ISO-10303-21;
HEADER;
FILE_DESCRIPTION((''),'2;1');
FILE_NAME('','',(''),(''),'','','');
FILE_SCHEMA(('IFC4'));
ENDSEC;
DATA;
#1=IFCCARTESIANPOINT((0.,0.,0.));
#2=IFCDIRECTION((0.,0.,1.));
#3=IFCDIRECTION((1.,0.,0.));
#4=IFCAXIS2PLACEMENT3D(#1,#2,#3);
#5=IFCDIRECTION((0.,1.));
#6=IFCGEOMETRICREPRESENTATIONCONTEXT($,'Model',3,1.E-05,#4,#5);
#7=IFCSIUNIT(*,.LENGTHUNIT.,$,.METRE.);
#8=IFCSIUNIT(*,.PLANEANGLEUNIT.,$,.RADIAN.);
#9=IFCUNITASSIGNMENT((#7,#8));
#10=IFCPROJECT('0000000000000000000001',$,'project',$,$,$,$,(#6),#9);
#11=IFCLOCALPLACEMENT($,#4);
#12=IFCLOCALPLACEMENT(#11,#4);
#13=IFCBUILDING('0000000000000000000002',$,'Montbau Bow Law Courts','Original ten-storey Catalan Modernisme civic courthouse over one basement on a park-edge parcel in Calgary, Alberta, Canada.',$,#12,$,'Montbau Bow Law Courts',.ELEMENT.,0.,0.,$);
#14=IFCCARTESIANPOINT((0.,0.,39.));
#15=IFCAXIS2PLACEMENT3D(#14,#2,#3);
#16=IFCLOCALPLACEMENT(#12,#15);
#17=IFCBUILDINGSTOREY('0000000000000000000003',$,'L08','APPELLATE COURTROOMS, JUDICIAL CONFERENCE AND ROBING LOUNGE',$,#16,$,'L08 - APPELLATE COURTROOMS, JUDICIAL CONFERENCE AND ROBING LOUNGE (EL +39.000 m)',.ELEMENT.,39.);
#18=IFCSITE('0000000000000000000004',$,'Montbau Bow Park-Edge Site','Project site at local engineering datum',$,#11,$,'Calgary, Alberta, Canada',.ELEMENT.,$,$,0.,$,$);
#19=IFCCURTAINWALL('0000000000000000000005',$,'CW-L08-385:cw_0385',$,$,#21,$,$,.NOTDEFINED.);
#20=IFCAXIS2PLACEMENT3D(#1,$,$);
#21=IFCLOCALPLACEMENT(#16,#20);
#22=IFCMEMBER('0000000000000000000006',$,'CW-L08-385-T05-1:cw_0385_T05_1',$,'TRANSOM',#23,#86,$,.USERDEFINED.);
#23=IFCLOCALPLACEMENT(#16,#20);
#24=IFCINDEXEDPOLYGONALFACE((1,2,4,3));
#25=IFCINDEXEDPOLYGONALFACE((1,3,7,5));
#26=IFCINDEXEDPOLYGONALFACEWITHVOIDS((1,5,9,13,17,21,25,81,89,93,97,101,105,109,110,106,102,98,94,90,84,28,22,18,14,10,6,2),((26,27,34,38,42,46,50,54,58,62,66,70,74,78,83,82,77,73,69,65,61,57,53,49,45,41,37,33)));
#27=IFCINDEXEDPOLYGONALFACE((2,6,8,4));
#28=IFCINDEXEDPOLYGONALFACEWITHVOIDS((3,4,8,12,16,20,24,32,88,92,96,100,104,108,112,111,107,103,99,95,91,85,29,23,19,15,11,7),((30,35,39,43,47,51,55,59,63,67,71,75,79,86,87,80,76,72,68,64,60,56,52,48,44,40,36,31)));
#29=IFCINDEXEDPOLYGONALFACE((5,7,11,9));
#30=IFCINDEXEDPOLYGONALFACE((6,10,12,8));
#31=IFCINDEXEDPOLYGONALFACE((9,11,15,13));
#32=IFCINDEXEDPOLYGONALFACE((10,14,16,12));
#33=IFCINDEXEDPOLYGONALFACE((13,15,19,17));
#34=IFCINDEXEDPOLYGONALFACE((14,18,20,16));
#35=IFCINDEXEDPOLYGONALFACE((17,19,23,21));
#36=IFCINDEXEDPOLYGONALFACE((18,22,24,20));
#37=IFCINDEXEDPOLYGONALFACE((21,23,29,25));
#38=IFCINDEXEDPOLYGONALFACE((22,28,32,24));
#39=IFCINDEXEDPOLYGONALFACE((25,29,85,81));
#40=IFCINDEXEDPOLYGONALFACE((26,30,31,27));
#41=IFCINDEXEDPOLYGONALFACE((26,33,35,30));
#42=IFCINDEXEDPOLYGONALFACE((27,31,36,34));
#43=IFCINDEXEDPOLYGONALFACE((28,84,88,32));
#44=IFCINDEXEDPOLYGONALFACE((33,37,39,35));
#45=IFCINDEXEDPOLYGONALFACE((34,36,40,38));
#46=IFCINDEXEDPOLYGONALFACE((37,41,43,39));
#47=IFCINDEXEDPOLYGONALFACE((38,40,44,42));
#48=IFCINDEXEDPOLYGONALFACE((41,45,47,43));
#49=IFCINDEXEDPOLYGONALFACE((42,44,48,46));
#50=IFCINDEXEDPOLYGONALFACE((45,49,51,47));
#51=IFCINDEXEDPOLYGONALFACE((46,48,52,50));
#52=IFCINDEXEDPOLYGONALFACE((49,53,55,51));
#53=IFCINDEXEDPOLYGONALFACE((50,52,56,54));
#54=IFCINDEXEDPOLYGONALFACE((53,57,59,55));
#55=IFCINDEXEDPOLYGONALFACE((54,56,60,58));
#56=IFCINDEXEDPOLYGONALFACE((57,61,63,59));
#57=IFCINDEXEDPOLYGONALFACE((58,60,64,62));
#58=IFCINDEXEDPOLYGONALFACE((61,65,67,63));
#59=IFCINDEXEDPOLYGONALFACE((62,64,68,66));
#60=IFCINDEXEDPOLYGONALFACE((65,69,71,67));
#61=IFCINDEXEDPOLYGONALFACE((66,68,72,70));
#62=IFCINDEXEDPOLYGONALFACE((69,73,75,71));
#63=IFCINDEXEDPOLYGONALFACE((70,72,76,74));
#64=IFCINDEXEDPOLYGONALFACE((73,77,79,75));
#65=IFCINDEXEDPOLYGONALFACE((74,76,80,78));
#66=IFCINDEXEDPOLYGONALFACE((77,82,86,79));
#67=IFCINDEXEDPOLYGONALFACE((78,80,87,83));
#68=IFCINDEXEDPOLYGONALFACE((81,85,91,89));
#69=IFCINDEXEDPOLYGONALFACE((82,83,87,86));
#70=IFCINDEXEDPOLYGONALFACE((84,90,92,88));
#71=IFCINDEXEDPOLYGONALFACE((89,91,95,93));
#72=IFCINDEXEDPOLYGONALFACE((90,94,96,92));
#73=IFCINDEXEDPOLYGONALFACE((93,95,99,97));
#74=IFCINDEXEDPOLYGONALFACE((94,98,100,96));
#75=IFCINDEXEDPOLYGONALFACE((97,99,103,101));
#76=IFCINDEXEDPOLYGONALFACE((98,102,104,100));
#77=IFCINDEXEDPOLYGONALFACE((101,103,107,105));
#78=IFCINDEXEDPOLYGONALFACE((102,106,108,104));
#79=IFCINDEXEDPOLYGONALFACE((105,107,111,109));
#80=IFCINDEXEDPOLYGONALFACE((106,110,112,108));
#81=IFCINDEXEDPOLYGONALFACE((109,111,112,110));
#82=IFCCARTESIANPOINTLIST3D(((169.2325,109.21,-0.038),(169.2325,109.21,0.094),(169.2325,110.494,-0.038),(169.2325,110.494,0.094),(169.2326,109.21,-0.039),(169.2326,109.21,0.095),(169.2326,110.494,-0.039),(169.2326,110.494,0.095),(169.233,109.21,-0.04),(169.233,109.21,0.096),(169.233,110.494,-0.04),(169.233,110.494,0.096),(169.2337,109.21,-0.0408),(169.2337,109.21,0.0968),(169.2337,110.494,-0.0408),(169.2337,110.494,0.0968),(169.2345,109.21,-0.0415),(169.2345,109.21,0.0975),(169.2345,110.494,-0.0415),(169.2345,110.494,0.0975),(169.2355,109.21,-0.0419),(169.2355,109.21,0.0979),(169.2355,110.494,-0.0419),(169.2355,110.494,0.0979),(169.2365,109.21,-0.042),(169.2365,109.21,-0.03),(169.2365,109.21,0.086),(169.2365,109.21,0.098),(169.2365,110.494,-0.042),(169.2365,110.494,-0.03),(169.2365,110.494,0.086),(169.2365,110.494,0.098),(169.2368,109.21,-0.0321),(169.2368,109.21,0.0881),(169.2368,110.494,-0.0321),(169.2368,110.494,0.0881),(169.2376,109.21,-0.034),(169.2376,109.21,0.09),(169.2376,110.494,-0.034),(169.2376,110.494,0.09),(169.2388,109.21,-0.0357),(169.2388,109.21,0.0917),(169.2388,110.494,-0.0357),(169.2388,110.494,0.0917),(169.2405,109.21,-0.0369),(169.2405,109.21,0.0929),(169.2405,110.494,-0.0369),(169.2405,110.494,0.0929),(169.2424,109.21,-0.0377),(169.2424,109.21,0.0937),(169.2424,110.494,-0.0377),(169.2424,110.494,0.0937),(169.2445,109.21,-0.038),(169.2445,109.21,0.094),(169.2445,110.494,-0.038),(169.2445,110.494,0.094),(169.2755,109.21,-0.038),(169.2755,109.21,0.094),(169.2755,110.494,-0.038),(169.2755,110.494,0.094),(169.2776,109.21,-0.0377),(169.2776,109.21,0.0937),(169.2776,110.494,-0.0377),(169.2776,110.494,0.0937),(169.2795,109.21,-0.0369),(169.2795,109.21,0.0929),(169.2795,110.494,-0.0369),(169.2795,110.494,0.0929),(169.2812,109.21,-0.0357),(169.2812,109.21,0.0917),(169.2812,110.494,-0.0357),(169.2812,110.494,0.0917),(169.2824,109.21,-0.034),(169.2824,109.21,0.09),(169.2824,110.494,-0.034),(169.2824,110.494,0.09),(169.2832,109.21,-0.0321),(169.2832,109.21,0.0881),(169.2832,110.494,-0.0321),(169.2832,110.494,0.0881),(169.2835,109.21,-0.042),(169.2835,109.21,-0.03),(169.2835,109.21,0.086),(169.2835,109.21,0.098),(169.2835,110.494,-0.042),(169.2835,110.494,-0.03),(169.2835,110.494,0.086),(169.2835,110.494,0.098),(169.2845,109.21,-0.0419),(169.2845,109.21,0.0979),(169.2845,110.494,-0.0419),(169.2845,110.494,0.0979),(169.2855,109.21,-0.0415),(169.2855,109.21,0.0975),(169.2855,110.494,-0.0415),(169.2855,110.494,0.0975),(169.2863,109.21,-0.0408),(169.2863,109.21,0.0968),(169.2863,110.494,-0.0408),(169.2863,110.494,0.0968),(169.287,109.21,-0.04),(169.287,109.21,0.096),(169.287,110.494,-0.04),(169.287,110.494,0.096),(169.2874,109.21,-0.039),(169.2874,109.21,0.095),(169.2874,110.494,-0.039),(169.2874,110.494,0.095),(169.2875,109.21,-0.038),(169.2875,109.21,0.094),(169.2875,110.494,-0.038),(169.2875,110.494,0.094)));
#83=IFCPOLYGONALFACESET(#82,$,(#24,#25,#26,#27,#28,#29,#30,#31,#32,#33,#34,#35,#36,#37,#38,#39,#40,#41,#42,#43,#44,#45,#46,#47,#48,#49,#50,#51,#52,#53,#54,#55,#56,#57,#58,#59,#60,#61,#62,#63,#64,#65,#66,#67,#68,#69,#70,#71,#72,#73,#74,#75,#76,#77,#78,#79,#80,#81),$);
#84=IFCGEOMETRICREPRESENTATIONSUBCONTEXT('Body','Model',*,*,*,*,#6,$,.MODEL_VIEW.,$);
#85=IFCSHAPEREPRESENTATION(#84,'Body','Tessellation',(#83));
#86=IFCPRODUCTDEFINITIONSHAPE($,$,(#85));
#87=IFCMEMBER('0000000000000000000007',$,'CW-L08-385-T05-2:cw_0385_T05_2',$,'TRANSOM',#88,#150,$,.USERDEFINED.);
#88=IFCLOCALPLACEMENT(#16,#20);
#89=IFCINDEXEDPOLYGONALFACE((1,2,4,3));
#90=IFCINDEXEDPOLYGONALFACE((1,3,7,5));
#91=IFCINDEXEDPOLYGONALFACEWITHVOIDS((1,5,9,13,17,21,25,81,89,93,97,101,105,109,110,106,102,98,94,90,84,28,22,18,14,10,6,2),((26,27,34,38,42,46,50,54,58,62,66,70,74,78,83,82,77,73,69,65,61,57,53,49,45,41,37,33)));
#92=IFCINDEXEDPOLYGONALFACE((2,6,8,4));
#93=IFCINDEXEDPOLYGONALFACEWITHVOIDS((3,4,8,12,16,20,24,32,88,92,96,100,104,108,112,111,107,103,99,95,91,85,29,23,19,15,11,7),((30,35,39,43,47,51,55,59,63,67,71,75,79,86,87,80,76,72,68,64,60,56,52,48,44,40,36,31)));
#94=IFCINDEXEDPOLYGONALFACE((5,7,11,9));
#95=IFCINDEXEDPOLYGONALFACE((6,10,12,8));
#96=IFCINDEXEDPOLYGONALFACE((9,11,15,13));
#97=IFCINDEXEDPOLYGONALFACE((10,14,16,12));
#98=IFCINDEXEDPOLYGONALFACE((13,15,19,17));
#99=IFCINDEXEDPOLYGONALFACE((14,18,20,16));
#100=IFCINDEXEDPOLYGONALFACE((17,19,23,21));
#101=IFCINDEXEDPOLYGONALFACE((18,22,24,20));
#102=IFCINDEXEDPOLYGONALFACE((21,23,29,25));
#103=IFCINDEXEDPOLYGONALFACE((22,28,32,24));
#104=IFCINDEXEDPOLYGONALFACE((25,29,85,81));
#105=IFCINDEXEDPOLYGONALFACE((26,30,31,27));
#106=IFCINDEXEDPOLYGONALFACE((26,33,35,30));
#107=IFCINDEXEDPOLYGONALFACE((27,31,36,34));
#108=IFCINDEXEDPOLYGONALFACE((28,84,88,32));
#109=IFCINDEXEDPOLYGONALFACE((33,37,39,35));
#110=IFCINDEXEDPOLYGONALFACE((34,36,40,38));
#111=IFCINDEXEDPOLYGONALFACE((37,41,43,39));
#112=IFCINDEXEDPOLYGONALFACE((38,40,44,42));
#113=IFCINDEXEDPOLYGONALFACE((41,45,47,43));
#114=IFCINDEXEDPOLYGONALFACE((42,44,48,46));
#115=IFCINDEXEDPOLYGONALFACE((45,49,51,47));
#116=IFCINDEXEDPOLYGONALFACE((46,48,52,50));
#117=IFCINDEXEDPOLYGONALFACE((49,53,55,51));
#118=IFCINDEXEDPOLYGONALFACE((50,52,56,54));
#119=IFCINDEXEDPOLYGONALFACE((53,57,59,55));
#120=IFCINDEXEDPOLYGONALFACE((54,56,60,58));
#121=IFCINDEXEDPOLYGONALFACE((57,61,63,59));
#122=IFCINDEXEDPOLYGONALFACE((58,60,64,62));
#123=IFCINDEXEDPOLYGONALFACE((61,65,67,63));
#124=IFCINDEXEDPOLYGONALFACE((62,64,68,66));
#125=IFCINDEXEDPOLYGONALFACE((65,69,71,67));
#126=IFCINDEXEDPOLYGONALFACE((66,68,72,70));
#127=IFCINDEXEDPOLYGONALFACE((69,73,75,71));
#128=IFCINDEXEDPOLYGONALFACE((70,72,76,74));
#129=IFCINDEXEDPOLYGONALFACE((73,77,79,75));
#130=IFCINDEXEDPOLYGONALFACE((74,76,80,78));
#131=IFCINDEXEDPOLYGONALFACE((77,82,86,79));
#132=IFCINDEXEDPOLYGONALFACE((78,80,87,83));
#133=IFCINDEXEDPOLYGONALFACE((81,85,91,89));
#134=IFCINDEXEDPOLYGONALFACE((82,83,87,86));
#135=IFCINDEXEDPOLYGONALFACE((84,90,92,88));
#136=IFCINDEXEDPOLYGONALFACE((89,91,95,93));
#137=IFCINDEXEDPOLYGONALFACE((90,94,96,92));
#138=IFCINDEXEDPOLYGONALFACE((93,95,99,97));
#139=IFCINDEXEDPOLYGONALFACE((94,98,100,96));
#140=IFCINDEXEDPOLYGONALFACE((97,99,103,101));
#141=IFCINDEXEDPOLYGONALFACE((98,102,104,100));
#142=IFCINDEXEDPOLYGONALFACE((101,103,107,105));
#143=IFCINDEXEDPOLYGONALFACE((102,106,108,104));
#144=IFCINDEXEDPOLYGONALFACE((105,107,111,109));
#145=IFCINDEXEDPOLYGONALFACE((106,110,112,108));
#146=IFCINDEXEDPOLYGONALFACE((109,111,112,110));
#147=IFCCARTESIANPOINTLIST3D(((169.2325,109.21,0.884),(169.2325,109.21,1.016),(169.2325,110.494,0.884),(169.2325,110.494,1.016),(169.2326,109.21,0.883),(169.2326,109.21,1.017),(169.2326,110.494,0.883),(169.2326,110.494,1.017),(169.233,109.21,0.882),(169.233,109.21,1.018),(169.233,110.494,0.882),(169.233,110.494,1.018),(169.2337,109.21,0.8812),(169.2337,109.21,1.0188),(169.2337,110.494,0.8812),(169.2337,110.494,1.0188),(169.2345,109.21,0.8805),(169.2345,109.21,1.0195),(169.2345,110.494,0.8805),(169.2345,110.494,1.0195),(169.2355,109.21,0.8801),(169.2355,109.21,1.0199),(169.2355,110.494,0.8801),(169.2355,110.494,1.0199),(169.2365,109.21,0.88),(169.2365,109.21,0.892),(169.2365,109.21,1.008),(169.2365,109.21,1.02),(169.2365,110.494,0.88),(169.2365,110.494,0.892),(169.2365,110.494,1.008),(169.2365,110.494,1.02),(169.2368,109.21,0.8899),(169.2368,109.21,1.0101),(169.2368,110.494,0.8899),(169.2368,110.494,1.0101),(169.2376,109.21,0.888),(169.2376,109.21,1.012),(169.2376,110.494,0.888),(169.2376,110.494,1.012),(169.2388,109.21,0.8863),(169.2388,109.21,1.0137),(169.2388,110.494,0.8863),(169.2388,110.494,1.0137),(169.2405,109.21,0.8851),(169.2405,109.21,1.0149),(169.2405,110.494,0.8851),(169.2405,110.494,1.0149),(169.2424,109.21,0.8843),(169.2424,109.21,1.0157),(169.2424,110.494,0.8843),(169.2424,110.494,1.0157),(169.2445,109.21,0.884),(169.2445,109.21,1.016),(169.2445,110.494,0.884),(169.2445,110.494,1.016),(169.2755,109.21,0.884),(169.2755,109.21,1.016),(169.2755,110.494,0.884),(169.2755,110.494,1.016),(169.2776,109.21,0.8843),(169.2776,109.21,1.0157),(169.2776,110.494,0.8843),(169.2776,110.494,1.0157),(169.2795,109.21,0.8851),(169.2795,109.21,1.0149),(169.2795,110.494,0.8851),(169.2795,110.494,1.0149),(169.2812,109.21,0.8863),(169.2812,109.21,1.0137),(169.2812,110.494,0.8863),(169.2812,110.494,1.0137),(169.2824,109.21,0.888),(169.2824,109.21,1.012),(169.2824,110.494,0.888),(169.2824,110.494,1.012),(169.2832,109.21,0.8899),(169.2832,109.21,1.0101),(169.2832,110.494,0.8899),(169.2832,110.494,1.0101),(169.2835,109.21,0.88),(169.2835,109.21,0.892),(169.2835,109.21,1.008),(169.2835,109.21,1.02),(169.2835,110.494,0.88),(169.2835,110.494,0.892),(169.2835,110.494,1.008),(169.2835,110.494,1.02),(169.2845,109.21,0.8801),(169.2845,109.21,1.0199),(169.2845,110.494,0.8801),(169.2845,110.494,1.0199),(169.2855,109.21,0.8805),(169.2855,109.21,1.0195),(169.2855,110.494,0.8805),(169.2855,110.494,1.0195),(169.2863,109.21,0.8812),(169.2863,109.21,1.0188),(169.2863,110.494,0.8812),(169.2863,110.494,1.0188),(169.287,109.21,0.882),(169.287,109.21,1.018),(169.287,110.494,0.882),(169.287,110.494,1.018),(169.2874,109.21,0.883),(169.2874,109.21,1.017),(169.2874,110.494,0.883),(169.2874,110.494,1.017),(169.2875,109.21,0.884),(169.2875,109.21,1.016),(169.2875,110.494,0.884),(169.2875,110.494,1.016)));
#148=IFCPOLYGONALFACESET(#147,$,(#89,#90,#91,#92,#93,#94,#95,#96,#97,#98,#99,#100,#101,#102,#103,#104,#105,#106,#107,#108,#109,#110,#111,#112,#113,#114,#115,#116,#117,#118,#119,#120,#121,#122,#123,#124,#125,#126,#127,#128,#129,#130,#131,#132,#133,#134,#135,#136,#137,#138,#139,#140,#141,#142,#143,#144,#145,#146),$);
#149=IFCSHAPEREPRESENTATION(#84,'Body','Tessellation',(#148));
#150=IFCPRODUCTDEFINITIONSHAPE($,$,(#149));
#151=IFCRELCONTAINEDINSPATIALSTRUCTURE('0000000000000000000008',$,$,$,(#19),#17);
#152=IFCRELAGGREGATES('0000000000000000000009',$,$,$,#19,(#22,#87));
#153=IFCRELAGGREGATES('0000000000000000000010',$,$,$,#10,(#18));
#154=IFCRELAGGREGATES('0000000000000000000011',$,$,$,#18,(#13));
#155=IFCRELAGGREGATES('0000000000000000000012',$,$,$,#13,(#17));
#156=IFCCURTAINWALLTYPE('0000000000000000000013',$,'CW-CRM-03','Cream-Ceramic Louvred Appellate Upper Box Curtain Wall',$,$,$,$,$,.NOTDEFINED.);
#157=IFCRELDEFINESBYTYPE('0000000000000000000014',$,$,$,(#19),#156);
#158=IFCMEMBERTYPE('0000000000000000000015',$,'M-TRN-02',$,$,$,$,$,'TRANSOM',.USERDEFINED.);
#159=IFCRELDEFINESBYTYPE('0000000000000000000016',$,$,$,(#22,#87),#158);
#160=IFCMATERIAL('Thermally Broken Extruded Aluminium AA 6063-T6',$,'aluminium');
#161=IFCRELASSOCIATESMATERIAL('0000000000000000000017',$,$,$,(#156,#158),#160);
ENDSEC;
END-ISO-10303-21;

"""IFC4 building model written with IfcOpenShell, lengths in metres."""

from ifc_helpers import new_model, si_unit, direction, frame, origin_with_axes, origin_2d_with_axis, place, context, subcontext, project, spatial, hollow_rectangle, extrude, material, material_profile, profile_set, type_object, element, aggregate, save


model = new_model("IFC4")

# Units and contexts
model_context = context("Model", 3, precision=1e-05, world=origin_with_axes(), true_north=direction((0.0, 1.0)))
body_context = subcontext(model_context, "Body", "Model", "MODEL_VIEW")
ifc_project = project(units=[si_unit("LENGTHUNIT", "METRE"), si_unit("PLANEANGLEUNIT", "RADIAN")], contexts=[model_context])

# Site, building, storey
site_placement = place(None, origin_with_axes())
site = spatial("IfcSite", under=ifc_project, at=site_placement, Name="Montbau Bow Park-Edge Site", Description="Project site at local engineering datum", LongName="Calgary, Alberta, Canada", CompositionType="ELEMENT", RefElevation=0.0)
building_placement = place(site_placement, origin_with_axes())
building = spatial("IfcBuilding", under=site, at=building_placement, Name="Montbau Bow Law Courts", Description="Original ten-storey Catalan Modernisme civic courthouse over one basement on a park-edge parcel in Calgary, Alberta, Canada.", LongName="Montbau Bow Law Courts", CompositionType="ELEMENT", ElevationOfRefHeight=0.0, ElevationOfTerrain=0.0)
storey_placement = place(building_placement, frame((0.0, 0.0, 39.0), z_axis=(0.0, 0.0, 1.0), x_axis=(1.0, 0.0, 0.0)))
storey = spatial("IfcBuildingStorey", under=building, at=storey_placement, Name="L08", Description="APPELLATE COURTROOMS, JUDICIAL CONFERENCE AND ROBING LOUNGE", LongName="L08 - APPELLATE COURTROOMS, JUDICIAL CONFERENCE AND ROBING LOUNGE (EL +39.000 m)", CompositionType="ELEMENT", Elevation=39.0)

# Curtain wall
ifc_material_1 = material(Name="Thermally Broken Extruded Aluminium AA 6063-T6", Category="aluminium")
curtain_wall_type = type_object("IfcCurtainWallType", Name="CW-CRM-03", Description="Cream-Ceramic Louvred Appellate Upper Box Curtain Wall", PredefinedType="NOTDEFINED", material=ifc_material_1)
curtain_wall_1_placement = place(None, frame((169.26, 103.64, 39.0), z_axis=(0.0, 0.0, 1.0), x_axis=(1.0, 0.0, 0.0)))
curtain_wall_1 = element("IfcCurtainWall", 1, at=curtain_wall_1_placement, inside=storey, type_object=curtain_wall_type, Name="CW-L08-385:cw_0385", PredefinedType="NOTDEFINED")

# Members
ifc_material_profile_1 = material_profile(ifc_material_1, hollow_rectangle(XDim=0.055, YDim=0.14, WallThickness=0.004, InnerFilletRadius=0.008, OuterFilletRadius=0.004, at=origin_2d_with_axis()), Name="CWT-140X55", Category="Main", Priority=0)
ifc_profile_set_1 = profile_set([ifc_material_profile_1], Name="Thermally Broken Extruded Aluminium AA 6063-T6")
member_type_1 = type_object("IfcMemberType", Name="M-TRN-02", ElementType="TRANSOM", PredefinedType="USERDEFINED", material=ifc_profile_set_1)
member_1_placement = place(None, frame((169.26, 109.21, 39.028), z_axis=(0.0, 1.0, 0.0), x_axis=(-1.0, 0.0, 0.0)))
member_1 = element("IfcMember", 2, at=member_1_placement, type_object=member_type_1, Name="CW-L08-385-T05-1:cw_0385_T05_1", ObjectType="TRANSOM", PredefinedType="USERDEFINED", context=body_context, shape_type="SweptSolid", body=[
    extrude(hollow_rectangle(XDim=0.055, YDim=0.14, WallThickness=0.004, InnerFilletRadius=0.008, OuterFilletRadius=0.004, at=origin_2d_with_axis()), origin_with_axes(), (0.0, 0.0, 1.0), 1.284),
])
member_2_placement = place(None, frame((169.26, 109.21, 39.95), z_axis=(0.0, 1.0, 0.0), x_axis=(-1.0, 0.0, 0.0)))
member_2 = element("IfcMember", 3, at=member_2_placement, type_object=member_type_1, Name="CW-L08-385-T05-2:cw_0385_T05_2", ObjectType="TRANSOM", PredefinedType="USERDEFINED", context=body_context, shape_type="SweptSolid", body=[
    extrude(hollow_rectangle(XDim=0.055, YDim=0.14, WallThickness=0.004, InnerFilletRadius=0.008, OuterFilletRadius=0.004, at=origin_2d_with_axis()), origin_with_axes(), (0.0, 0.0, 1.0), 1.284),
])

aggregate(curtain_wall_1, [member_1, member_2])

save(model, "model.ifc")
